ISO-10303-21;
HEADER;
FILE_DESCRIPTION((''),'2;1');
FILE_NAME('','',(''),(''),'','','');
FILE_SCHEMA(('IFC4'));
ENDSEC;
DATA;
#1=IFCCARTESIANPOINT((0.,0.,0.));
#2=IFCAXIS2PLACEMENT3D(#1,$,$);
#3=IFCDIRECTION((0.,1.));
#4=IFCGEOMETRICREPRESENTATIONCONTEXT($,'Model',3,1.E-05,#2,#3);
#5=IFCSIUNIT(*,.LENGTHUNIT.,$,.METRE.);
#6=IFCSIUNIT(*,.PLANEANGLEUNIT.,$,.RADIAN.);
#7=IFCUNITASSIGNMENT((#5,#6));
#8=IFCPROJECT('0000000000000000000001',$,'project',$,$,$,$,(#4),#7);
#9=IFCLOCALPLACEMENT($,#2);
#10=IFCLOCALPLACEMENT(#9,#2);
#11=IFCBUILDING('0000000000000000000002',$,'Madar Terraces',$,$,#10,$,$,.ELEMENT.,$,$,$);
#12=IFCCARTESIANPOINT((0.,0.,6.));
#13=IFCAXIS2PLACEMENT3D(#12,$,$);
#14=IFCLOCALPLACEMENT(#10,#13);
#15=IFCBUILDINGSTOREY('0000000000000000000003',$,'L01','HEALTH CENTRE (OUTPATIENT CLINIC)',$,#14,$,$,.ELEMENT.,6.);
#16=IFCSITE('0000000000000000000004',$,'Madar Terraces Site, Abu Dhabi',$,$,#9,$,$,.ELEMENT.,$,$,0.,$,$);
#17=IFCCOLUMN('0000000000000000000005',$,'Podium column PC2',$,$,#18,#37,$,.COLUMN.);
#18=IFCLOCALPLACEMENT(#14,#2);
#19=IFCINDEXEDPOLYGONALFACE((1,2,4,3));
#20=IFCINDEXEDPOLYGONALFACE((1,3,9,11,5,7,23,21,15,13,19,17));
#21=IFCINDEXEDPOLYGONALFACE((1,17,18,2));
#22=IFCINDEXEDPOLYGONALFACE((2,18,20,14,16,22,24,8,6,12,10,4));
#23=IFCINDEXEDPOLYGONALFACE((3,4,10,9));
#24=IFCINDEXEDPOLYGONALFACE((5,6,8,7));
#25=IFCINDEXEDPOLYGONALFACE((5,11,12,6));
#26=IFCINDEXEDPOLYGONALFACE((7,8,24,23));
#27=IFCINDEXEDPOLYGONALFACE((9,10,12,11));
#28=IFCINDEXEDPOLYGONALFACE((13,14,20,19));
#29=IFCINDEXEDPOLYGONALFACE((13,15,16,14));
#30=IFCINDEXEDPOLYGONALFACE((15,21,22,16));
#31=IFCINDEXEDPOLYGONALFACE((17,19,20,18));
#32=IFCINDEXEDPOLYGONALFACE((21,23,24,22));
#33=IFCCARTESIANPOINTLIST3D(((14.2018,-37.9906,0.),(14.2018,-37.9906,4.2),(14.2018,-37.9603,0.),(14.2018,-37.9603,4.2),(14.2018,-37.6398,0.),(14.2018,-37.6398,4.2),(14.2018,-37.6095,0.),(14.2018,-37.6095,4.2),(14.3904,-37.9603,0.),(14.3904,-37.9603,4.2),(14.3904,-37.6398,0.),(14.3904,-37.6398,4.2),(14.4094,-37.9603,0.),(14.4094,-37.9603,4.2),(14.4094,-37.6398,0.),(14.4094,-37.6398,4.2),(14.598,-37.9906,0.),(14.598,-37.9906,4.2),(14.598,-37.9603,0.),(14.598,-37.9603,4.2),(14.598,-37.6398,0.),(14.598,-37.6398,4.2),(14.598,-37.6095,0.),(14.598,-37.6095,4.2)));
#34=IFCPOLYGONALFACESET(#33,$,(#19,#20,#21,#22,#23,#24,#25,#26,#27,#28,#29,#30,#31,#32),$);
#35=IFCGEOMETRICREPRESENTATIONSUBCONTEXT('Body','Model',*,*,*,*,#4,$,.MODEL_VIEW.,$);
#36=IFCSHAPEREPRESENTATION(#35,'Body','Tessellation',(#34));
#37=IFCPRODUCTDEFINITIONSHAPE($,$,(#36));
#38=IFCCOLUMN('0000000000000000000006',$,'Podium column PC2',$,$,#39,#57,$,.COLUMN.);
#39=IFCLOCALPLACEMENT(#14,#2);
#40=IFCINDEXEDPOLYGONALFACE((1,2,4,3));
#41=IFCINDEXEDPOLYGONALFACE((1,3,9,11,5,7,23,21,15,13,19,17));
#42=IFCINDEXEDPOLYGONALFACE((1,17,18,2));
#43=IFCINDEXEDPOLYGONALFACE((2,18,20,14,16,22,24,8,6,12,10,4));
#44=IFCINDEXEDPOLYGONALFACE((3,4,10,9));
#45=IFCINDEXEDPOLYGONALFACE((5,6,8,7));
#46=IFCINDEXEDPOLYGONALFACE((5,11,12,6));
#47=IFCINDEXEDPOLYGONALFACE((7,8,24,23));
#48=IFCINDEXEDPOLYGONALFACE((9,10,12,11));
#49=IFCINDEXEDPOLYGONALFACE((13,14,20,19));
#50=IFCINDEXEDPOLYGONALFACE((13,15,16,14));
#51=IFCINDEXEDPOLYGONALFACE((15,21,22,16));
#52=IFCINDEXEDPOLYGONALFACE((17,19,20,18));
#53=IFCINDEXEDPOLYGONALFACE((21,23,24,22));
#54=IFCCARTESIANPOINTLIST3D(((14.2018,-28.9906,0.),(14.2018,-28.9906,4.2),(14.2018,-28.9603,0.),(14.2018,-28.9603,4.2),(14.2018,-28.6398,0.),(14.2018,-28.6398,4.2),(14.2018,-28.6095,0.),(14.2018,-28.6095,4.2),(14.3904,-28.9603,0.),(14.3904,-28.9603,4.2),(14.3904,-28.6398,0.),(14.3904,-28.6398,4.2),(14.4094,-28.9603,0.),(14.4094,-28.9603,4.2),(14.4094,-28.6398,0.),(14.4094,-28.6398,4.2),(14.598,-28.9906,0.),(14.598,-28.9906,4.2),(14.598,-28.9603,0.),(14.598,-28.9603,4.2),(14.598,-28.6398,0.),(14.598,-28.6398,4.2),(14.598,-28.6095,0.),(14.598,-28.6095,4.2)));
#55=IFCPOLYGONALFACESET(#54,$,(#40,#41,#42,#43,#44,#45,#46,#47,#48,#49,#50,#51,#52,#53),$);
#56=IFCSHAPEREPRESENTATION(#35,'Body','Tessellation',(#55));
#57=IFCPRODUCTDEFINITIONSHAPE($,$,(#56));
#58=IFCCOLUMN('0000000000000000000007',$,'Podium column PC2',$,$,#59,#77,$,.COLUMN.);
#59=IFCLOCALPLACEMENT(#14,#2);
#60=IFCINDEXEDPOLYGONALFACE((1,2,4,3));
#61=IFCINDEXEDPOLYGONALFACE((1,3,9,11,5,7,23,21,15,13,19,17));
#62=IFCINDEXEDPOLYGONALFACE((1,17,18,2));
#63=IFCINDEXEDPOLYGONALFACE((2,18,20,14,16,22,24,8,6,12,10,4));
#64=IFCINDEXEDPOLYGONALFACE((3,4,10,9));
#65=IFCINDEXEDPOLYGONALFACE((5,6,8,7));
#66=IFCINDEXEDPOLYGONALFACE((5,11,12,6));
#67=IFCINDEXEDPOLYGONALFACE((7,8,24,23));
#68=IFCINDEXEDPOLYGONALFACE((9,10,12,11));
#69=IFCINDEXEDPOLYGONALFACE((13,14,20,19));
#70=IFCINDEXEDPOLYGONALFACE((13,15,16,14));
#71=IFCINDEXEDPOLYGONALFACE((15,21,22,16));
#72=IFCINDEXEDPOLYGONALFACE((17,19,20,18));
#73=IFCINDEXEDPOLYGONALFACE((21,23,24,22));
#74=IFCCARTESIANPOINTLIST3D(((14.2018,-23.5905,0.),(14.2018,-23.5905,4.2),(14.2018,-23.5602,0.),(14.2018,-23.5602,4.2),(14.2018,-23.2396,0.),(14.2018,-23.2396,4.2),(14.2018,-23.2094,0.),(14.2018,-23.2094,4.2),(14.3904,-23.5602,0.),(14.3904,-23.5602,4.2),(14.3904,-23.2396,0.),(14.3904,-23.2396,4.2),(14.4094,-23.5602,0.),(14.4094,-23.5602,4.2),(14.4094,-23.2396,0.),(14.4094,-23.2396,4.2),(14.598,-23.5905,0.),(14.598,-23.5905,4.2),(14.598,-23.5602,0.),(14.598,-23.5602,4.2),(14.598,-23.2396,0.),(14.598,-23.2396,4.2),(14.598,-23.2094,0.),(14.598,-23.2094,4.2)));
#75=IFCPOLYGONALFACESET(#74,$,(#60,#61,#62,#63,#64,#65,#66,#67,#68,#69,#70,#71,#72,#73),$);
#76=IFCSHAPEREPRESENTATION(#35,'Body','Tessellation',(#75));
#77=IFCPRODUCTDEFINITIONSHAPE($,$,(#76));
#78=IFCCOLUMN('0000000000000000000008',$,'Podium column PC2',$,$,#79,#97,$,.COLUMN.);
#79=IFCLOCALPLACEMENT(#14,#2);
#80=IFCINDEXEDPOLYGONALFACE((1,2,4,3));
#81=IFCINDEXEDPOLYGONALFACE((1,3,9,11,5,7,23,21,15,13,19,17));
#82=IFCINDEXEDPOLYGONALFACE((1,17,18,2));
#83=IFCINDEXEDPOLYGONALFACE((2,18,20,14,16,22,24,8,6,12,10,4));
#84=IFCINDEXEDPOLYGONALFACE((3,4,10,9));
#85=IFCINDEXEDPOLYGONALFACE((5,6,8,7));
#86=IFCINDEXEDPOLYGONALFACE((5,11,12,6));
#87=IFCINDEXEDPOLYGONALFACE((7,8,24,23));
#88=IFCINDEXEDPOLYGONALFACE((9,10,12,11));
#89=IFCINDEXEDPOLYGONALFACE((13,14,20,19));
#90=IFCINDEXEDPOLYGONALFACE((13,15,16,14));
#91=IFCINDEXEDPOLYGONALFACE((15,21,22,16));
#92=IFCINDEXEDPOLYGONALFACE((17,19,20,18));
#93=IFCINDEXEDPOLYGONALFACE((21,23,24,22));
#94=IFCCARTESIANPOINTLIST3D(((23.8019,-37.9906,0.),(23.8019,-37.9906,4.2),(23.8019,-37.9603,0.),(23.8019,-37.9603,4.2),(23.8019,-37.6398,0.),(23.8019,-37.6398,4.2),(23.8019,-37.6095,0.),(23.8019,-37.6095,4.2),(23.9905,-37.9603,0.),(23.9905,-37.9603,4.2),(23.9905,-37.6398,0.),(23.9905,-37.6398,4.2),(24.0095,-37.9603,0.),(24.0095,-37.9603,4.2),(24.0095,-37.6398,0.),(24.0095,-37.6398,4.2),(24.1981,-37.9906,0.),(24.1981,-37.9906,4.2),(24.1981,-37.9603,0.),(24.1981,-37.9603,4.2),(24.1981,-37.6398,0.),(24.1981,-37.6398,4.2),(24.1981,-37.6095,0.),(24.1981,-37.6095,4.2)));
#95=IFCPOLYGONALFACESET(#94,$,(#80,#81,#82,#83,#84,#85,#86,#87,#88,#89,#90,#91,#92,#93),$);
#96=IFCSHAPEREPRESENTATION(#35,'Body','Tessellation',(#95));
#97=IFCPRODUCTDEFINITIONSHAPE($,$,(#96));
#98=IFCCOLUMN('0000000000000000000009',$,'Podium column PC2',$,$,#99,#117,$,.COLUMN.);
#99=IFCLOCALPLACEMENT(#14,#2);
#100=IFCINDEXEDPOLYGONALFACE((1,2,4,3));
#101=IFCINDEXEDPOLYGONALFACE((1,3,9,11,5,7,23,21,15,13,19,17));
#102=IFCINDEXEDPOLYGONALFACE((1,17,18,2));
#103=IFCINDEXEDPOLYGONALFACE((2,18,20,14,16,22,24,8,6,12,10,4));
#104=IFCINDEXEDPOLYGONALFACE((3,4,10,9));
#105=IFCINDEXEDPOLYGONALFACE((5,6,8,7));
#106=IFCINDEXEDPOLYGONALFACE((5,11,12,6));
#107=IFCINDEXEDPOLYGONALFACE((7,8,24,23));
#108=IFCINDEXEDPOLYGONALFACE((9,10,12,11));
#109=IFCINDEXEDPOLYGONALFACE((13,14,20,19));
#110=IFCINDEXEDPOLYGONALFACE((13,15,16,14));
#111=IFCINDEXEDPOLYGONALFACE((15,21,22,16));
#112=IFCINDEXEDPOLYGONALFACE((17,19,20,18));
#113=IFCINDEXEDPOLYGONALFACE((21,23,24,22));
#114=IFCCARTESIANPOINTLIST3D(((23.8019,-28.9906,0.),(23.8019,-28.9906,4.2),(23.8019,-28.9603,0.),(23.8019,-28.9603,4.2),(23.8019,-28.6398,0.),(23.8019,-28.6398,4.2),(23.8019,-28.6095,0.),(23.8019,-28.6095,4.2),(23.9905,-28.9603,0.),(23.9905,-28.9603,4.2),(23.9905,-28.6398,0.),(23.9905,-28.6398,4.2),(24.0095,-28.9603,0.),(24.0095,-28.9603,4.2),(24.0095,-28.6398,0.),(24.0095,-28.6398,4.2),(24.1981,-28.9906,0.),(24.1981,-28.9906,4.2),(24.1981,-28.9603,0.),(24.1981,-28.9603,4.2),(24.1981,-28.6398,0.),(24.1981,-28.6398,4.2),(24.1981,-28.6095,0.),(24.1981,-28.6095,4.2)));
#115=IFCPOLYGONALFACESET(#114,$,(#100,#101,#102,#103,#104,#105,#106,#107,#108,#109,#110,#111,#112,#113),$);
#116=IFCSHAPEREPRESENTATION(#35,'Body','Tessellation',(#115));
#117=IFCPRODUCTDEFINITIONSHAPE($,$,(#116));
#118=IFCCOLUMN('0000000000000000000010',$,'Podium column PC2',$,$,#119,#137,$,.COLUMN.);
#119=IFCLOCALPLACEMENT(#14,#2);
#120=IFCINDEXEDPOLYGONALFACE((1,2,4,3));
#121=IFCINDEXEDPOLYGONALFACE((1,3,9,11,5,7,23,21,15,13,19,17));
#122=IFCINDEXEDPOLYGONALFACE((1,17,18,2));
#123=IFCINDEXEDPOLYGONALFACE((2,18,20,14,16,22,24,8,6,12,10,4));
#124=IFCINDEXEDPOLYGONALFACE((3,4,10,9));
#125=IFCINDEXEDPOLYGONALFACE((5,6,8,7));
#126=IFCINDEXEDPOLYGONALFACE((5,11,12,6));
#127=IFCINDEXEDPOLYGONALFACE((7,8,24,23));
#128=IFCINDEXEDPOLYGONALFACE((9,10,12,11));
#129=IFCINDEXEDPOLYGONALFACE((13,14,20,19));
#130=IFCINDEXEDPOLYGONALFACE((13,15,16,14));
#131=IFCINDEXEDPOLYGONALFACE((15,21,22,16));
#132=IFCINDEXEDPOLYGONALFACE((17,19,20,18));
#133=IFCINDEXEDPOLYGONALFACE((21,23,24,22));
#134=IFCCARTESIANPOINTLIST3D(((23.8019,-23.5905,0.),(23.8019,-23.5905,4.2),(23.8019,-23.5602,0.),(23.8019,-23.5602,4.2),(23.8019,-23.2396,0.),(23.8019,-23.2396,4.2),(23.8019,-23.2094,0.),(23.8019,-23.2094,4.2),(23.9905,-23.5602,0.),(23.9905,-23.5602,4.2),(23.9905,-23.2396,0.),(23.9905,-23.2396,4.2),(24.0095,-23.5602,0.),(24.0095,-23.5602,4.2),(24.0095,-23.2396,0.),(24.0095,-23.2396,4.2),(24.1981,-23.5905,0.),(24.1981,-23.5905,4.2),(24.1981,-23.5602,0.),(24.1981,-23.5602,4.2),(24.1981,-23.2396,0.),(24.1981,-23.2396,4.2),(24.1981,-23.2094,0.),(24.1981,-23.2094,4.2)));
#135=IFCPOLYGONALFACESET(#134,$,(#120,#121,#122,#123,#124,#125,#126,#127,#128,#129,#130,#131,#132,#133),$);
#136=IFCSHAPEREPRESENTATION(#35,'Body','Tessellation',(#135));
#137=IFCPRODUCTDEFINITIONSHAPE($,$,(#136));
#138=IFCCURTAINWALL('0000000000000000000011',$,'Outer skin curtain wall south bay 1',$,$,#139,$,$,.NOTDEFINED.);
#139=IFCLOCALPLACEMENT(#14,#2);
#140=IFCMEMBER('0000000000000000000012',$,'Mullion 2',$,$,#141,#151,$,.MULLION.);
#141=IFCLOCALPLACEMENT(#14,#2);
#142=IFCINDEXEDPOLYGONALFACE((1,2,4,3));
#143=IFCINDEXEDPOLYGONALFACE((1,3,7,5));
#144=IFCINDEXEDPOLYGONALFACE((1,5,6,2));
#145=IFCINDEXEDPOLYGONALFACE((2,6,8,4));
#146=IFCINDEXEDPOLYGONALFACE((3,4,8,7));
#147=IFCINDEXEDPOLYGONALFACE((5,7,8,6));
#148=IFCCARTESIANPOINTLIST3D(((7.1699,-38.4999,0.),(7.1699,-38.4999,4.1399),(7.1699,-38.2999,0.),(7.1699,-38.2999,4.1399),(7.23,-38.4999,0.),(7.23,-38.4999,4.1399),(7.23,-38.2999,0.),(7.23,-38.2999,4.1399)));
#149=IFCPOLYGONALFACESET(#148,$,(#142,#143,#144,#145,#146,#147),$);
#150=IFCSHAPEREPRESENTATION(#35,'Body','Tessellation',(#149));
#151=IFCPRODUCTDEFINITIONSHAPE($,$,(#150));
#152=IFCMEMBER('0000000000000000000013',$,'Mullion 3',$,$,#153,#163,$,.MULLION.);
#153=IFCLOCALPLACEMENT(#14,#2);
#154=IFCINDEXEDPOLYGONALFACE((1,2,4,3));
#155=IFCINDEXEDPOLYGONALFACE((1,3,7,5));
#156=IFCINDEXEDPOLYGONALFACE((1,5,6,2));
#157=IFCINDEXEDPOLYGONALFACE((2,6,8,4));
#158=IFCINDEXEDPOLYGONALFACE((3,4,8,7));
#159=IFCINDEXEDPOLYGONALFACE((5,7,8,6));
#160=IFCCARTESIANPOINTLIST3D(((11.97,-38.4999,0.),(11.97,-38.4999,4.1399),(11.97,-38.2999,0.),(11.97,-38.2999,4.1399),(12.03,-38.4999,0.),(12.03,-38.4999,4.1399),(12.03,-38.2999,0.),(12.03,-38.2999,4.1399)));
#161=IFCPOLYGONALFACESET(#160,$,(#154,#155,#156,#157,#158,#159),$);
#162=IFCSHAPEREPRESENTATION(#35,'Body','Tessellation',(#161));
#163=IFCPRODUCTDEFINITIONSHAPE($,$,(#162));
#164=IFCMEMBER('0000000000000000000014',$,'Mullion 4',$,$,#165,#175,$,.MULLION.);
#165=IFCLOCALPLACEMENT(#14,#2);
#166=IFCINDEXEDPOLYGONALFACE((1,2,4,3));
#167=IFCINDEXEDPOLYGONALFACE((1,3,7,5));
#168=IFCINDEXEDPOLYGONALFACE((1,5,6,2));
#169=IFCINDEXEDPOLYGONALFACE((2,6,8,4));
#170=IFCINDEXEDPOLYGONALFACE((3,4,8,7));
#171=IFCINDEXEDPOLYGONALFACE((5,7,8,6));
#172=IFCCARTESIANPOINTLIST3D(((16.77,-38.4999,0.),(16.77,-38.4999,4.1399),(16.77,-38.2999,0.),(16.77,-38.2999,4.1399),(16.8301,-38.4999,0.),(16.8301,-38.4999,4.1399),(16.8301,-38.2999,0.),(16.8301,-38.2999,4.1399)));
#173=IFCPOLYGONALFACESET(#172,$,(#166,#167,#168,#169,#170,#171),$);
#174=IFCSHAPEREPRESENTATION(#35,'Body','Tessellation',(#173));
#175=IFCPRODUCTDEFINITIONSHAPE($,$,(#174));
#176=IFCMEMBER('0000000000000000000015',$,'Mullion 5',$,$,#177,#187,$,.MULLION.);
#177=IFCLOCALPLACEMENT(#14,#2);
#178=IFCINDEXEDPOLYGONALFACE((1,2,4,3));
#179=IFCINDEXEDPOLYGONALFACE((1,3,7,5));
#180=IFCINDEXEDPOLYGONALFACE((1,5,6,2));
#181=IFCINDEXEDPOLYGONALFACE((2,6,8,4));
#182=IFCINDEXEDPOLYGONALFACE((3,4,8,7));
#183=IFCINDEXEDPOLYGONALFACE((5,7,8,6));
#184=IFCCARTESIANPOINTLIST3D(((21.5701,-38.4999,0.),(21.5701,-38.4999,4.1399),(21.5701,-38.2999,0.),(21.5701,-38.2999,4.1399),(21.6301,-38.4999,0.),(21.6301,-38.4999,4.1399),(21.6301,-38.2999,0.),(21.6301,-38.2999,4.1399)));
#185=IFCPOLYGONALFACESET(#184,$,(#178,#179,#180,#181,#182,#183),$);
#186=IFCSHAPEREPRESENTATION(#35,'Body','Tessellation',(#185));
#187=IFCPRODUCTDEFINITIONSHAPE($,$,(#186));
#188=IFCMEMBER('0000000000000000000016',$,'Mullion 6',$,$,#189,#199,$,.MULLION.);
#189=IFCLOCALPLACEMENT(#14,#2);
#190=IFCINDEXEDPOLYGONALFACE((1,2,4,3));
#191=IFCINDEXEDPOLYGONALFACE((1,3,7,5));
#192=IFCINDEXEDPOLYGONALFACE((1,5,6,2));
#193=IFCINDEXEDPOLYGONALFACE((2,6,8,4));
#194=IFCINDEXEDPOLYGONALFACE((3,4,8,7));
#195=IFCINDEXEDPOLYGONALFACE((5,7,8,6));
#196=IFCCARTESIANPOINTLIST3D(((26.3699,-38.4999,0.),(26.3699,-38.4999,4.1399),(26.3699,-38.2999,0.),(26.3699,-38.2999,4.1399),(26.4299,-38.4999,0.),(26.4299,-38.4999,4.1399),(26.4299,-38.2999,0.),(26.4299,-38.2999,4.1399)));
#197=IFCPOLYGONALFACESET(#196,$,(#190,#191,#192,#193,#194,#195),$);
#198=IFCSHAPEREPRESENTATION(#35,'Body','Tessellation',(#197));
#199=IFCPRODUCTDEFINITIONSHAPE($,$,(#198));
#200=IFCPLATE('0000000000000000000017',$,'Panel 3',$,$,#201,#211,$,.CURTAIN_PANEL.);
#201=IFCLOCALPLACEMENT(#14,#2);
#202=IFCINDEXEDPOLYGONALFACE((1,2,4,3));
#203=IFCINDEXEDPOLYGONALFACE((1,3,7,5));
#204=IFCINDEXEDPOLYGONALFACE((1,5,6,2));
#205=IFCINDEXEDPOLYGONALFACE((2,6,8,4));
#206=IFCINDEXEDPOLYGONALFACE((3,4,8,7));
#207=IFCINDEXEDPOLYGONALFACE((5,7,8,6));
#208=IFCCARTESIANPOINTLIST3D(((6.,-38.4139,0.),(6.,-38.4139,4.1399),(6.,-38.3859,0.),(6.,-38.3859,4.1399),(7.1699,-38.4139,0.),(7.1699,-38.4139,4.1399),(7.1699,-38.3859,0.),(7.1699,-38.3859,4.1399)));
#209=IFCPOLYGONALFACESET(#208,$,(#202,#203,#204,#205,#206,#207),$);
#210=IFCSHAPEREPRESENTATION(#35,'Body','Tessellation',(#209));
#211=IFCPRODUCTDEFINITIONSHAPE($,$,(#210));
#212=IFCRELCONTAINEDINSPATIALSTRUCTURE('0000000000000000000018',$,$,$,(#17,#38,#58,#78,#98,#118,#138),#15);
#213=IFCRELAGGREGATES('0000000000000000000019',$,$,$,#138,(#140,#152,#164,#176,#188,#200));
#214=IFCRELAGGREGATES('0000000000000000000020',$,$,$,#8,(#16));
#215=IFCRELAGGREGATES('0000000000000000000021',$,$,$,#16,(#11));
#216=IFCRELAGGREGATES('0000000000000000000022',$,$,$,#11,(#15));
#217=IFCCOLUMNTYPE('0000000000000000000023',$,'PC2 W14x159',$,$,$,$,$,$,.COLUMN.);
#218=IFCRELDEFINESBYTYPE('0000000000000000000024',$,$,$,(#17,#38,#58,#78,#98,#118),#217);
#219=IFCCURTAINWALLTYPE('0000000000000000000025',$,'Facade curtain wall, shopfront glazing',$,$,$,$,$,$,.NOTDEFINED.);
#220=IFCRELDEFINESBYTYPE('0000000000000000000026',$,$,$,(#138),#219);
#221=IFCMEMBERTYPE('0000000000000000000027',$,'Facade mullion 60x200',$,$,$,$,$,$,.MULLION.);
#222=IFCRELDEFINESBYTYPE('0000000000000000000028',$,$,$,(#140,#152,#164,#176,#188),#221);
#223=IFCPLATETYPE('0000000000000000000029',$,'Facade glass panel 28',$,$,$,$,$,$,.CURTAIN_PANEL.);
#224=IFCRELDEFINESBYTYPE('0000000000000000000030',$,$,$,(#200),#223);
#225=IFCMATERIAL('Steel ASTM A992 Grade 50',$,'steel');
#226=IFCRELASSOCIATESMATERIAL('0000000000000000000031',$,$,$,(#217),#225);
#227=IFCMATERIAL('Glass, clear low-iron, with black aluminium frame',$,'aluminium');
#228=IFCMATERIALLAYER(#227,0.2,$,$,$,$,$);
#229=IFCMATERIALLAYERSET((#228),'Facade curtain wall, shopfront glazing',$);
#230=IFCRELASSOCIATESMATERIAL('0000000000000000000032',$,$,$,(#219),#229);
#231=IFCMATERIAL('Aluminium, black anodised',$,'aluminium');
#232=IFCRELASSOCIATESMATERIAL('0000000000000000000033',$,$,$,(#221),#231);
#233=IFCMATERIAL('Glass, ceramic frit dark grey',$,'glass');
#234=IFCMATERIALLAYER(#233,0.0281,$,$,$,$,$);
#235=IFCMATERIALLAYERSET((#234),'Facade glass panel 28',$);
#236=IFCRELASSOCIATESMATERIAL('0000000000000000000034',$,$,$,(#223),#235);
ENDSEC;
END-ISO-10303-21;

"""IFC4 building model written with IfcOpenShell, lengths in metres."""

from ifc_helpers import new_model, si_unit, direction, frame, origin, origin_2d, place, context, subcontext, project, spatial, rectangle, i_section, extrude, material, layer, layer_set, material_profile, profile_set, type_object, element, aggregate, save


model = new_model("IFC4")

# Units and contexts
model_context = context("Model", 3, precision=1e-05, world=origin(), true_north=direction((0.0, 1.0)))
body_context = subcontext(model_context, "Body", "Model", "MODEL_VIEW")
ifc_project = project(units=[si_unit("LENGTHUNIT", "METRE"), si_unit("PLANEANGLEUNIT", "RADIAN")], contexts=[model_context])

# Site, building, storey
site_placement = place(None, origin())
site = spatial("IfcSite", under=ifc_project, at=site_placement, Name="Madar Terraces Site, Abu Dhabi", CompositionType="ELEMENT", RefElevation=0.0)
building_placement = place(site_placement, origin())
building = spatial("IfcBuilding", under=site, at=building_placement, Name="Madar Terraces", CompositionType="ELEMENT")
storey_placement = place(building_placement, frame((0.0, 0.0, 6.0)))
storey = spatial("IfcBuildingStorey", under=building, at=storey_placement, Name="L01", Description="HEALTH CENTRE (OUTPATIENT CLINIC)", CompositionType="ELEMENT", Elevation=6.0)

# Columns
ifc_material_1 = material(Name="Steel ASTM A992 Grade 50", Category="steel")
ifc_material_profile_1 = material_profile(ifc_material_1, i_section(OverallWidth=0.3962, OverallDepth=0.3811, WebThickness=0.019, FlangeThickness=0.0303, at=origin_2d()), Name="W14x159")
ifc_profile_set_1 = profile_set([ifc_material_profile_1], Name="Steel ASTM A992 Grade 50")
column_type = type_object("IfcColumnType", Name="PC2 W14x159", PredefinedType="COLUMN", material=ifc_profile_set_1)
for number, where, z_axis, x_axis, name in (
    (1, (14.3999, -37.8, 0.0), (0.0, 0.0, 1.0), (1.0, 0.0, 0.0), "Podium column PC2"),
    (2, (14.3999, -28.8, 0.0), (0.0, 0.0, 1.0), (1.0, 0.0, 0.0), "Podium column PC2"),
    (3, (14.3999, -23.3999, 0.0), (0.0, 0.0, 1.0), (1.0, 0.0, 0.0), "Podium column PC2"),
    (4, (24.0, -37.8, 0.0), (0.0, 0.0, 1.0), (1.0, 0.0, 0.0), "Podium column PC2"),
    (5, (24.0, -28.8, 0.0), (0.0, 0.0, 1.0), (1.0, 0.0, 0.0), "Podium column PC2"),
    (6, (24.0, -23.3999, 0.0), (0.0, 0.0, 1.0), (1.0, 0.0, 0.0), "Podium column PC2"),
):
    element("IfcColumn", number, at=place(storey_placement, frame(where, z_axis=z_axis, x_axis=x_axis)), inside=storey, type_object=column_type, Name=name, PredefinedType="COLUMN", context=body_context, shape_type="SweptSolid", body=[
        extrude(i_section(OverallWidth=0.3962, OverallDepth=0.3811, WebThickness=0.019, FlangeThickness=0.0303, at=origin_2d()), origin(), (0.0, 0.0, 1.0), 4.2),
    ])

# Curtain wall, members, plate
ifc_material_2 = material(Name="Glass, clear low-iron, with black aluminium frame", Category="aluminium")
ifc_layer_1 = layer(ifc_material_2, 0.2)
ifc_layer_set_1 = layer_set([ifc_layer_1], Name="Facade curtain wall, shopfront glazing")
curtain_wall_type = type_object("IfcCurtainWallType", Name="Facade curtain wall, shopfront glazing", PredefinedType="NOTDEFINED", material=ifc_layer_set_1)
curtain_wall_placement = place(storey_placement, origin())
curtain_wall = element("IfcCurtainWall", 7, at=curtain_wall_placement, inside=storey, type_object=curtain_wall_type, Name="Outer skin curtain wall south bay 1", PredefinedType="NOTDEFINED")
ifc_material_3 = material(Name="Aluminium, black anodised", Category="aluminium")
ifc_material_profile_2 = material_profile(ifc_material_3, rectangle(XDim=0.2, YDim=0.0601, at=origin_2d()), Name="Facade mullion 60x200")
ifc_profile_set_2 = profile_set([ifc_material_profile_2], Name="Aluminium, black anodised")
member_type = type_object("IfcMemberType", Name="Facade mullion 60x200", PredefinedType="MULLION", material=ifc_profile_set_2)
member_1_placement = place(storey_placement, frame((7.2, -38.3999, 0.0), z_axis=(0.0, 0.0, 1.0), x_axis=(0.0, 1.0, 0.0)))
member_1 = element("IfcMember", 8, at=member_1_placement, type_object=member_type, Name="Mullion 2", PredefinedType="MULLION", context=body_context, shape_type="SweptSolid", body=[
    extrude(rectangle(XDim=0.2, YDim=0.0601, at=origin_2d()), origin(), (0.0, 0.0, 1.0), 4.1399),
])
member_2_placement = place(storey_placement, frame((12.0, -38.3999, 0.0), z_axis=(0.0, 0.0, 1.0), x_axis=(0.0, 1.0, 0.0)))
member_2 = element("IfcMember", 9, at=member_2_placement, type_object=member_type, Name="Mullion 3", PredefinedType="MULLION", context=body_context, shape_type="SweptSolid", body=[
    extrude(rectangle(XDim=0.2, YDim=0.0601, at=origin_2d()), origin(), (0.0, 0.0, 1.0), 4.1399),
])
member_3_placement = place(storey_placement, frame((16.8, -38.3999, 0.0), z_axis=(0.0, 0.0, 1.0), x_axis=(0.0, 1.0, 0.0)))
member_3 = element("IfcMember", 10, at=member_3_placement, type_object=member_type, Name="Mullion 4", PredefinedType="MULLION", context=body_context, shape_type="SweptSolid", body=[
    extrude(rectangle(XDim=0.2, YDim=0.0601, at=origin_2d()), origin(), (0.0, 0.0, 1.0), 4.1399),
])
member_4_placement = place(storey_placement, frame((21.6001, -38.3999, 0.0), z_axis=(0.0, 0.0, 1.0), x_axis=(0.0, 1.0, 0.0)))
member_4 = element("IfcMember", 11, at=member_4_placement, type_object=member_type, Name="Mullion 5", PredefinedType="MULLION", context=body_context, shape_type="SweptSolid", body=[
    extrude(rectangle(XDim=0.2, YDim=0.0601, at=origin_2d()), origin(), (0.0, 0.0, 1.0), 4.1399),
])
member_5_placement = place(storey_placement, frame((26.3999, -38.3999, 0.0), z_axis=(0.0, 0.0, 1.0), x_axis=(0.0, 1.0, 0.0)))
member_5 = element("IfcMember", 12, at=member_5_placement, type_object=member_type, Name="Mullion 6", PredefinedType="MULLION", context=body_context, shape_type="SweptSolid", body=[
    extrude(rectangle(XDim=0.2, YDim=0.0601, at=origin_2d()), origin(), (0.0, 0.0, 1.0), 4.1399),
])
ifc_material_4 = material(Name="Glass, ceramic frit dark grey", Category="glass")
ifc_layer_2 = layer(ifc_material_4, 0.0281)
ifc_layer_set_2 = layer_set([ifc_layer_2], Name="Facade glass panel 28")
plate_type = type_object("IfcPlateType", Name="Facade glass panel 28", PredefinedType="CURTAIN_PANEL", material=ifc_layer_set_2)
plate_1_placement = place(storey_placement, frame((6.585, -38.3999, 0.0), z_axis=(0.0, 0.0, 1.0), x_axis=(1.0, 0.0, 0.0)))
plate_1 = element("IfcPlate", 13, at=plate_1_placement, type_object=plate_type, Name="Panel 3", PredefinedType="CURTAIN_PANEL", context=body_context, shape_type="SweptSolid", body=[
    extrude(rectangle(XDim=1.1699, YDim=0.0281, at=origin_2d()), origin(), (0.0, 0.0, 1.0), 4.1399),
])
aggregate(curtain_wall, [member_1, member_2, member_3, member_4, member_5, plate_1])

save(model, "model.ifc")
